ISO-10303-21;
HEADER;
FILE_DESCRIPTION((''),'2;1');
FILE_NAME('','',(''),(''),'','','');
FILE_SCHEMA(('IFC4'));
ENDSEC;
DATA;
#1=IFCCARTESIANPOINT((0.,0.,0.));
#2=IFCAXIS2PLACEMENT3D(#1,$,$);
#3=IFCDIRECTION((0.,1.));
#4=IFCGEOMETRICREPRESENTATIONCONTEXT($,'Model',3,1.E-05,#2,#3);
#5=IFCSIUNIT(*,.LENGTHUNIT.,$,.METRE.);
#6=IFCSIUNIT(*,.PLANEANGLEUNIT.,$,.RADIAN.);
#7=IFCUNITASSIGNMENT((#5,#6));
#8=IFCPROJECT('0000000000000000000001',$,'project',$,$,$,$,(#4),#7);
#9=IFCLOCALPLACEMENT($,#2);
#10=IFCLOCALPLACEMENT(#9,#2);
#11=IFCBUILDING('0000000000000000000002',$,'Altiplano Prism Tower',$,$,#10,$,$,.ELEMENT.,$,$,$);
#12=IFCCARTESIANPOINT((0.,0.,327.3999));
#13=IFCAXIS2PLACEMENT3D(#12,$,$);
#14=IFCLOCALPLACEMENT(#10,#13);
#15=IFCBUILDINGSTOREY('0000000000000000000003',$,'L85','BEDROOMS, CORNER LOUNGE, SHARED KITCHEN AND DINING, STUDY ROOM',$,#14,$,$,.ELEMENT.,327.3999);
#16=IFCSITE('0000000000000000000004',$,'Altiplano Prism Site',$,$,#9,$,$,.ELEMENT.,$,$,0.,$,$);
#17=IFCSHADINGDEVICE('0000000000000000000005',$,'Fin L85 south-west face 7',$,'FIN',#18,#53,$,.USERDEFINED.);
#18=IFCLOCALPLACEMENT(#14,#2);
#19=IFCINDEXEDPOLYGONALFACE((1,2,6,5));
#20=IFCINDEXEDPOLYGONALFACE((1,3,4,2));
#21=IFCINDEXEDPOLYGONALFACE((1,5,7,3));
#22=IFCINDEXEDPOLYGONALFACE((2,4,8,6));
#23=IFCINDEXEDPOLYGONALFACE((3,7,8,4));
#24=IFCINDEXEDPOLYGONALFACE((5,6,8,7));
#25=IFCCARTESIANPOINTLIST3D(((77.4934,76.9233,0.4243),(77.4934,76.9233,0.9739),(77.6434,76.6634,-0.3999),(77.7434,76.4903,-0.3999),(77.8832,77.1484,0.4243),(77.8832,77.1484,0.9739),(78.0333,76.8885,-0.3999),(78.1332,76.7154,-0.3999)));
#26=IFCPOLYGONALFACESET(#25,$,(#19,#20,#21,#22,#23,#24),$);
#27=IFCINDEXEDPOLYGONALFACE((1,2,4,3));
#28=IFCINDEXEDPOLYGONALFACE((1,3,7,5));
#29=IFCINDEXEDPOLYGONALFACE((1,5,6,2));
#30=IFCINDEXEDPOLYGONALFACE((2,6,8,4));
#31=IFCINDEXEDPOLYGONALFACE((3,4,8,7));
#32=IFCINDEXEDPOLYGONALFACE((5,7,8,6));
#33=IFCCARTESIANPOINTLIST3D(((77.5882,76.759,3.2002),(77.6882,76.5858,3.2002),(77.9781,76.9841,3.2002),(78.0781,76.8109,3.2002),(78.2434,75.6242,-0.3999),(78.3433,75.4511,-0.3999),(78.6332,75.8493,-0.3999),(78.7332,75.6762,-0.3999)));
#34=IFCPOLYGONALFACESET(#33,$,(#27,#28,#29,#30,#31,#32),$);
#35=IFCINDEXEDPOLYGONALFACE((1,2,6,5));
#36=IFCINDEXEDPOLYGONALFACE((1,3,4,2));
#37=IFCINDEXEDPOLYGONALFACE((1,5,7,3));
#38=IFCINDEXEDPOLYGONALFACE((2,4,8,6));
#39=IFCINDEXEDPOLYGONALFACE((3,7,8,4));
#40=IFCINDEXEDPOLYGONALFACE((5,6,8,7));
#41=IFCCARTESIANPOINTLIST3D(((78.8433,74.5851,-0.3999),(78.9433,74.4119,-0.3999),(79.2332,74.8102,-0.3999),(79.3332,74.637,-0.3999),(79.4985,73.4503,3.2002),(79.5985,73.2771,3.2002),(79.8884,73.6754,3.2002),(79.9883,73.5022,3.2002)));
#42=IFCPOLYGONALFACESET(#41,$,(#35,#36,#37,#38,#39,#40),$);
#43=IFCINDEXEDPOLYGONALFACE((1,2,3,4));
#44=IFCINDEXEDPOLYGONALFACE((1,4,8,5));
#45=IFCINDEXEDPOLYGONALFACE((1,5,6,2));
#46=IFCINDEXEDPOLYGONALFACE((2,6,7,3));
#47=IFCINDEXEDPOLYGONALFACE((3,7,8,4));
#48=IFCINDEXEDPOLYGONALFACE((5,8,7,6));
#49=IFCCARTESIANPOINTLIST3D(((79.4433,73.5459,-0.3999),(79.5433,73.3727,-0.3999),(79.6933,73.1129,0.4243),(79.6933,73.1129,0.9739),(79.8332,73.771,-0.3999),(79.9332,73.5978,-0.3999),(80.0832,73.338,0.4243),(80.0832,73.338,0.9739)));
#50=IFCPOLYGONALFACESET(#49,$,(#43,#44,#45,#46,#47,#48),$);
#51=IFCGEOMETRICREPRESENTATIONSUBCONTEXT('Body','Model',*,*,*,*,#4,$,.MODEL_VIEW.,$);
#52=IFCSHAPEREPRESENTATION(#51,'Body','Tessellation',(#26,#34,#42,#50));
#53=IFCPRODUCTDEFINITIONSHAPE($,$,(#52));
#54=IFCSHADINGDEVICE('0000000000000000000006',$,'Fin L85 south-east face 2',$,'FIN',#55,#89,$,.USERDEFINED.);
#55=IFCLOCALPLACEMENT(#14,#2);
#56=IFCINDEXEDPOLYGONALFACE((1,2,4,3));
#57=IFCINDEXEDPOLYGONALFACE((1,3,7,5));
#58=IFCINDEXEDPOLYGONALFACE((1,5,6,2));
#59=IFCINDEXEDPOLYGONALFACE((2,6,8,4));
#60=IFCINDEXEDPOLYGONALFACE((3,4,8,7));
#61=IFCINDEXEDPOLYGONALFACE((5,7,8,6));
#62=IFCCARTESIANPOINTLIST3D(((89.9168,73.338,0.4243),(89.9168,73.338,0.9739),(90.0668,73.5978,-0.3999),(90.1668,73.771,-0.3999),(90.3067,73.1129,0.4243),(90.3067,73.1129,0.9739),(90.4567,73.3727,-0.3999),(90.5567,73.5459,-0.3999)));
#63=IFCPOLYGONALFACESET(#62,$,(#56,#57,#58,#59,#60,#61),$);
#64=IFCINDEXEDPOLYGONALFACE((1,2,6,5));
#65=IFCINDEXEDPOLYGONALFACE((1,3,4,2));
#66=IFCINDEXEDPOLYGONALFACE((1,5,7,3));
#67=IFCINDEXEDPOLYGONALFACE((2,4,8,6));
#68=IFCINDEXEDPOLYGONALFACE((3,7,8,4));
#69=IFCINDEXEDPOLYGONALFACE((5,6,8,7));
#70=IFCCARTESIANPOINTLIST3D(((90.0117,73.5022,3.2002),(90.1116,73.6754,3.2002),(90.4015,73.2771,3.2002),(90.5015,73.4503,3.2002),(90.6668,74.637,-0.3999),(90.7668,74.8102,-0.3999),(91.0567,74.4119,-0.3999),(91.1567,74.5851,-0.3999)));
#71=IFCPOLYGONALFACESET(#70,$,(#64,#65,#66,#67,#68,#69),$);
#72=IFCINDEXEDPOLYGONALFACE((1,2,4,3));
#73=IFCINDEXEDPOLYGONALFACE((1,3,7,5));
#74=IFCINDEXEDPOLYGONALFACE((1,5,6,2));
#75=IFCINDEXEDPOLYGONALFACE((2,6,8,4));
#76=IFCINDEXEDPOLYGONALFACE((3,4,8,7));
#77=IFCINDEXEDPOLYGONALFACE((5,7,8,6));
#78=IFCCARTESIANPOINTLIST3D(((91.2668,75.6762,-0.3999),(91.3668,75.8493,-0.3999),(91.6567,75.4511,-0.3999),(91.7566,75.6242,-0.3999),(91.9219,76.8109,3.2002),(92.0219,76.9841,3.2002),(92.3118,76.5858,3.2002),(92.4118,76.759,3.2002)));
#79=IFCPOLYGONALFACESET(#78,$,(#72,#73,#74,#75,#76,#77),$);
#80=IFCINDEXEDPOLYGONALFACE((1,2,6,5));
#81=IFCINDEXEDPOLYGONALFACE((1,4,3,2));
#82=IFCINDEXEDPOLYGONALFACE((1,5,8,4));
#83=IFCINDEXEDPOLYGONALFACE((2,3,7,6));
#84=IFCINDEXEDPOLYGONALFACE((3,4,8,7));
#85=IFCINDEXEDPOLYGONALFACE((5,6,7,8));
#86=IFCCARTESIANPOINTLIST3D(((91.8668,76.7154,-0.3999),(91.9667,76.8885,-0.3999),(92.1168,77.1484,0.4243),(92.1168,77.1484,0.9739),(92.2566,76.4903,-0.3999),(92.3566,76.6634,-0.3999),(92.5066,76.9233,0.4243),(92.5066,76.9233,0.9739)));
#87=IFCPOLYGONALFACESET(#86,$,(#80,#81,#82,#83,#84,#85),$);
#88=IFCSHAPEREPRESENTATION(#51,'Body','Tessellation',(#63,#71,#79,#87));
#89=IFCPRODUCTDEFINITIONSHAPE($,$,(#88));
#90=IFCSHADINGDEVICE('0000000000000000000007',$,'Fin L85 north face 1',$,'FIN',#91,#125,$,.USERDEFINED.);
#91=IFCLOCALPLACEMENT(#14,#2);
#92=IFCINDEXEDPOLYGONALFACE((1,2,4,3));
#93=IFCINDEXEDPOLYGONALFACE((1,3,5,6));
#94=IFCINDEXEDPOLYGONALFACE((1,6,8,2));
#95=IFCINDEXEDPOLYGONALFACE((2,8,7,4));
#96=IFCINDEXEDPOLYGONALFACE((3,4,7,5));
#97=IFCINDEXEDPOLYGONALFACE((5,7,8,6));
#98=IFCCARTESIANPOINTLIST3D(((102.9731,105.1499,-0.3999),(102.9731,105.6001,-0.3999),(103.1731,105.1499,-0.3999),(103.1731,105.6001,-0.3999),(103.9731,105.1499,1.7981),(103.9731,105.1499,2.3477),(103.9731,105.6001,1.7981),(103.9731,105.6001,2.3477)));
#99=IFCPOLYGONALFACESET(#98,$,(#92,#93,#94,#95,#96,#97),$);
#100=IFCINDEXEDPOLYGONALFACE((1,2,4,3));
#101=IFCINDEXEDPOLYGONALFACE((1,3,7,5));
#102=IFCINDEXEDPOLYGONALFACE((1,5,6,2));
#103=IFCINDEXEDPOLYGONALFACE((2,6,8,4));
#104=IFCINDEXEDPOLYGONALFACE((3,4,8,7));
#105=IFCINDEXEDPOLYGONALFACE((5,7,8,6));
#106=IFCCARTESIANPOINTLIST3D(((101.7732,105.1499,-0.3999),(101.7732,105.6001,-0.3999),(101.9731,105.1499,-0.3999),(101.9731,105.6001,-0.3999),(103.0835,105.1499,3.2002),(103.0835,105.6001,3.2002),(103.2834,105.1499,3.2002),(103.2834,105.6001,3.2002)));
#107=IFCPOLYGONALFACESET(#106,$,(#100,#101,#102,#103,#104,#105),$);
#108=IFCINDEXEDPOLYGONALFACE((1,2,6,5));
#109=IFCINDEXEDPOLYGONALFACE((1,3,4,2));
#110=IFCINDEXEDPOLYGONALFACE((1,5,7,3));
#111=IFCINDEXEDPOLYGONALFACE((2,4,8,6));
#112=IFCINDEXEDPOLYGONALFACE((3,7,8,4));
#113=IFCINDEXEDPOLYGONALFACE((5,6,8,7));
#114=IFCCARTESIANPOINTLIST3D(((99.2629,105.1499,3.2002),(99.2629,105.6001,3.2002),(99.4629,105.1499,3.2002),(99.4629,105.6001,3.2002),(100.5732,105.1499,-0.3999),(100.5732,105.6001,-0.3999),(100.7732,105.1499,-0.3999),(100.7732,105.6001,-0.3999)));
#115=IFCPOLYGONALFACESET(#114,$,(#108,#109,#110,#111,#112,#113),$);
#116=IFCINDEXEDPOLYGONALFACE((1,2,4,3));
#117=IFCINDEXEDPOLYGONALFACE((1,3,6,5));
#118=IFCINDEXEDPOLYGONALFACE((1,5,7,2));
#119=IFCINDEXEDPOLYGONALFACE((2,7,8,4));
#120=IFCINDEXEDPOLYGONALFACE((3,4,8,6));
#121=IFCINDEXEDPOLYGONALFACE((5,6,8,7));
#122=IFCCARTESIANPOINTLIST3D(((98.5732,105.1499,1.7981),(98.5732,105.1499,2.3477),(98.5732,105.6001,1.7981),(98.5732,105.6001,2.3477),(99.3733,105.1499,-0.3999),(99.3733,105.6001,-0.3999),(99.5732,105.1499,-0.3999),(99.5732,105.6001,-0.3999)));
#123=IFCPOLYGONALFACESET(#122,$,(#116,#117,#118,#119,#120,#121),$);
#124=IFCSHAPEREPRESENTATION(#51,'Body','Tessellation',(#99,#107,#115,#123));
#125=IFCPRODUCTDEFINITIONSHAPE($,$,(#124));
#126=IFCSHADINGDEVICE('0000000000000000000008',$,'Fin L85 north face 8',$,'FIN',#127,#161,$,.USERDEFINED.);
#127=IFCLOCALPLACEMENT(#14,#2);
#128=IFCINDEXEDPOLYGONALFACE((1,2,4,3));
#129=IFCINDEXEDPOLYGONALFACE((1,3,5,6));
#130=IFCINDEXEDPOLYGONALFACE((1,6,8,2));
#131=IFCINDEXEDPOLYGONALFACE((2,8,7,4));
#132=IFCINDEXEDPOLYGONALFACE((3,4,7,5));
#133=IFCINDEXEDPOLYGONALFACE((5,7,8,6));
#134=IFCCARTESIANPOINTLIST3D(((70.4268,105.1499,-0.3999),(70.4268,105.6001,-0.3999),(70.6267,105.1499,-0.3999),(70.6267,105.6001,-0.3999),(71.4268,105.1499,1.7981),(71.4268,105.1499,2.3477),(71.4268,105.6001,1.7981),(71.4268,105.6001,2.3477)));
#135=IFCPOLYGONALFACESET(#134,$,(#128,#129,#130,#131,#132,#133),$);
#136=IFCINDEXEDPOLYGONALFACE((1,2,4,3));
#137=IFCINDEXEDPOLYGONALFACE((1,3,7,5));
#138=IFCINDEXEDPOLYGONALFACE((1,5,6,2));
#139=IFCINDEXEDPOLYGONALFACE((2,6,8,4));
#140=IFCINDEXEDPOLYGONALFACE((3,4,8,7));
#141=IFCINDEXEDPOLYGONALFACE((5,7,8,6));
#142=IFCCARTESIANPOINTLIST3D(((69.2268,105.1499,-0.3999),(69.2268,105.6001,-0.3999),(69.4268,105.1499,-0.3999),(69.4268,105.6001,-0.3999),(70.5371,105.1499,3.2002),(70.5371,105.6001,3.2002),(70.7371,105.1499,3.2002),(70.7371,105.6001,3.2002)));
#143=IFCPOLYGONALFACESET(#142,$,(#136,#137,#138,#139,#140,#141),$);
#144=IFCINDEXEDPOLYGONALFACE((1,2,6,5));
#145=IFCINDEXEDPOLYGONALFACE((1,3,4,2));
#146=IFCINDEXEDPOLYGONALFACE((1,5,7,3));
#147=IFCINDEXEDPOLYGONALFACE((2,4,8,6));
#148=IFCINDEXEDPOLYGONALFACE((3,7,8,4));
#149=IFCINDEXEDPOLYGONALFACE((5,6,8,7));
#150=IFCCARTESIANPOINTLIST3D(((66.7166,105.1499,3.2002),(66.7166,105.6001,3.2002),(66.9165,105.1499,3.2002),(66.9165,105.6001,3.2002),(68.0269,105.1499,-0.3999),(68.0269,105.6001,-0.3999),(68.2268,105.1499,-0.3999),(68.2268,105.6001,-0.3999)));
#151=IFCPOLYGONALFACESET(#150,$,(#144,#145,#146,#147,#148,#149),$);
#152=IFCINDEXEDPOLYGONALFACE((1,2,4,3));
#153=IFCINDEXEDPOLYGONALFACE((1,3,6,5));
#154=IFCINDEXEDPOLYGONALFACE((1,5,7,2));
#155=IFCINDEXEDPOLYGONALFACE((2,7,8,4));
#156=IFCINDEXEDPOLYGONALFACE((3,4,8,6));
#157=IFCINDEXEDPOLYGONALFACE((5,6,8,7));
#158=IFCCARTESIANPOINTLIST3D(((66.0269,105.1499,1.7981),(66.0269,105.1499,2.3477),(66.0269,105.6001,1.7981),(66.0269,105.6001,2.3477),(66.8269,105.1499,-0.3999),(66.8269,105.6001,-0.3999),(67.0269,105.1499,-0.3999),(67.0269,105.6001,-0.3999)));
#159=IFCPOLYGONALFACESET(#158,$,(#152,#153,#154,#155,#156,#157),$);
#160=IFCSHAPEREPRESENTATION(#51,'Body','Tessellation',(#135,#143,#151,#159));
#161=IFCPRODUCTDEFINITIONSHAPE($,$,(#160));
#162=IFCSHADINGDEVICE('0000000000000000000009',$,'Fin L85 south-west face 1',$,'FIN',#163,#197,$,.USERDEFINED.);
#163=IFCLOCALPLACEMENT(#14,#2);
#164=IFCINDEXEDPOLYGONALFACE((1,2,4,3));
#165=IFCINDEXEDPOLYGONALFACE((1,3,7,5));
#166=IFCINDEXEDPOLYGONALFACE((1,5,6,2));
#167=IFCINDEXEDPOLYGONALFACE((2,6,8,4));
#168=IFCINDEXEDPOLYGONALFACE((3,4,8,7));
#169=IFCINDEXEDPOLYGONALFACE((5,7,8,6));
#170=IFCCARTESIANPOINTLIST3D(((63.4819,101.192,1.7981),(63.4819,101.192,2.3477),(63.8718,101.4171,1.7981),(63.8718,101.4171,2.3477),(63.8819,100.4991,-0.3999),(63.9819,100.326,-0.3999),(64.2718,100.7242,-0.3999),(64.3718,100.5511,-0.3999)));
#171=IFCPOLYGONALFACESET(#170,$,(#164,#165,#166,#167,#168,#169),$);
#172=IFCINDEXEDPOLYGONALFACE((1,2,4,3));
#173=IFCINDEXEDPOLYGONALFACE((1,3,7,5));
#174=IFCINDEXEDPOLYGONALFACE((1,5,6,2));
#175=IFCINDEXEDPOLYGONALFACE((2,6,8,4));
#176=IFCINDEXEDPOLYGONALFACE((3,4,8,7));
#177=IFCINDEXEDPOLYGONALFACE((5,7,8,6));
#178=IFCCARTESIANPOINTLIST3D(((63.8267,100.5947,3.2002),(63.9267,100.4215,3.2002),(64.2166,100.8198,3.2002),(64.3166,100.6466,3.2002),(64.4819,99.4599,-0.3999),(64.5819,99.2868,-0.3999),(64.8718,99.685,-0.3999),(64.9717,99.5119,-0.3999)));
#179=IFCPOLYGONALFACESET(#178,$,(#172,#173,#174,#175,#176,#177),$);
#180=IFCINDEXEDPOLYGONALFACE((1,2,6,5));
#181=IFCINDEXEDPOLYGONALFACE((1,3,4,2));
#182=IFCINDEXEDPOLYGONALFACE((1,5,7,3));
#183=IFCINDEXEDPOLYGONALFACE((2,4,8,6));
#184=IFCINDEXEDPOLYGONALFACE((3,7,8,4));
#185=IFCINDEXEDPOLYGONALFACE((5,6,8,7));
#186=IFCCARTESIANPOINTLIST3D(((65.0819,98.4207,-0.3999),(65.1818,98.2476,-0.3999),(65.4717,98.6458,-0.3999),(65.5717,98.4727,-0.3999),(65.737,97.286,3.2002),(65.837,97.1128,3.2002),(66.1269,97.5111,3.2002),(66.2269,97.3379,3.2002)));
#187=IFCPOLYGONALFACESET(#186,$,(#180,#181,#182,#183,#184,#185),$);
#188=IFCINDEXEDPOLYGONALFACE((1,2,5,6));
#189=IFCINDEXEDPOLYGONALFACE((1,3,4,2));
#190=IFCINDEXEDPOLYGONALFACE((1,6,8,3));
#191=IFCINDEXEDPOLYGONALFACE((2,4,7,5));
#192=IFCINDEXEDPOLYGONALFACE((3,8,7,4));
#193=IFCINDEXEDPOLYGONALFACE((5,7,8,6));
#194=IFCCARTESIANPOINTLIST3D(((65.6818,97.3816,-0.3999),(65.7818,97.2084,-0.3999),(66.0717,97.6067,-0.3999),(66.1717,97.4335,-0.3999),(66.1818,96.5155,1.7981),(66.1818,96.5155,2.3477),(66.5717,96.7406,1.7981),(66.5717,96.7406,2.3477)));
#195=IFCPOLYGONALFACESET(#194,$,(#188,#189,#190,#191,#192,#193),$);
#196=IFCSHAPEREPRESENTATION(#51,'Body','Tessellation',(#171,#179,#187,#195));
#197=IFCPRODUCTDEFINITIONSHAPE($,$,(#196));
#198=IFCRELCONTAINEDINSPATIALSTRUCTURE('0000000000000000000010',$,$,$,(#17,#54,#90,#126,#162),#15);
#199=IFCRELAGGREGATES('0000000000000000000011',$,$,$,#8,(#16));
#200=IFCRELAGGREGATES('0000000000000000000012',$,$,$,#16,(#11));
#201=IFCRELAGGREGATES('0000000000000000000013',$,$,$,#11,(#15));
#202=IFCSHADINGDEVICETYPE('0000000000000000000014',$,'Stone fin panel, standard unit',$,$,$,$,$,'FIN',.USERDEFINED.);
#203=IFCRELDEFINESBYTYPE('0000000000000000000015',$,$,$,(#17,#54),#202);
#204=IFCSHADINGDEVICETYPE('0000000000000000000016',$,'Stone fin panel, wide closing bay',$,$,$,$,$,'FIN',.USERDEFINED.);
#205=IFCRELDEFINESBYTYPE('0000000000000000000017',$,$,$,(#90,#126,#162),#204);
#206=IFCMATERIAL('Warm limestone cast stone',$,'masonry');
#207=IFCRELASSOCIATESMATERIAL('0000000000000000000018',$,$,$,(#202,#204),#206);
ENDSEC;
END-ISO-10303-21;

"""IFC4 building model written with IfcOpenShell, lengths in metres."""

from ifc_helpers import new_model, si_unit, direction, frame, origin, place, context, subcontext, project, spatial, polyline, outline, extrude, source, transform, mapped, material, type_object, element, save


model = new_model("IFC4")

# Units and contexts
model_context = context("Model", 3, precision=1e-05, world=origin(), true_north=direction((0.0, 1.0)))
body_context = subcontext(model_context, "Body", "Model", "MODEL_VIEW")
ifc_project = project(units=[si_unit("LENGTHUNIT", "METRE"), si_unit("PLANEANGLEUNIT", "RADIAN")], contexts=[model_context])

# Site, building, storey
site_placement = place(None, origin())
site = spatial("IfcSite", under=ifc_project, at=site_placement, Name="Altiplano Prism Site", CompositionType="ELEMENT", RefElevation=0.0)
building_placement = place(site_placement, origin())
building = spatial("IfcBuilding", under=site, at=building_placement, Name="Altiplano Prism Tower", CompositionType="ELEMENT")
storey_placement = place(building_placement, frame((0.0, 0.0, 327.3999)))
storey = spatial("IfcBuildingStorey", under=building, at=storey_placement, Name="L85", Description="BEDROOMS, CORNER LOUNGE, SHARED KITCHEN AND DINING, STUDY ROOM", CompositionType="ELEMENT", Elevation=327.3999)

# Shading devices
ifc_material_1 = material(Name="Warm limestone cast stone", Category="masonry")
shading_device_type_1 = type_object("IfcShadingDeviceType", Name="Stone fin panel, standard unit", ElementType="FIN", PredefinedType="USERDEFINED", material=ifc_material_1)
shared_shape_1 = source(origin(), body_context, "Body", "SweptSolid", [
    extrude(outline(polyline([(-2.2, 1.3738), (-2.2, 0.8242), (-1.8999, 0.0), (-1.7, 0.0), (-2.2, 1.3738)])), frame((0.0, -0.1499, 0.0), z_axis=(0.0, -1.0, 0.0), x_axis=(1.0, 0.0, 0.0)), (0.0, 0.0, 1.0), 0.4502),
    extrude(outline(polyline([(-2.0103, 3.6001), (-0.7, 0.0), (-0.5, 0.0), (-1.8103, 3.6001), (-2.0103, 3.6001)])), frame((0.0, -0.1499, 0.0), z_axis=(0.0, -1.0, 0.0), x_axis=(1.0, 0.0, 0.0)), (0.0, 0.0, 1.0), 0.4502),
    extrude(outline(polyline([(1.8103, 3.6001), (0.5, 0.0), (0.7, 0.0), (2.0103, 3.6001), (1.8103, 3.6001)])), frame((0.0, -0.1499, 0.0), z_axis=(0.0, -1.0, 0.0), x_axis=(1.0, 0.0, 0.0)), (0.0, 0.0, 1.0), 0.4502),
    extrude(outline(polyline([(2.2, 0.8242), (2.2, 1.3738), (1.7, 0.0), (1.8999, 0.0), (2.2, 0.8242)])), frame((0.0, -0.1499, 0.0), z_axis=(0.0, -1.0, 0.0), x_axis=(1.0, 0.0, 0.0)), (0.0, 0.0, 1.0), 0.4502),
])
shading_device_1_placement = place(storey_placement, origin())
element("IfcShadingDevice", 1, at=shading_device_1_placement, inside=storey, type_object=shading_device_type_1, Name="Fin L85 south-west face 7", ObjectType="FIN", PredefinedType="USERDEFINED", context=body_context, shape_type="MappedRepresentation", body=[
    mapped(shared_shape_1, transform((79.113, 75.3181, -0.3999), x_axis=(0.5, -0.866025, 0.0), y_axis=(0.866025, 0.5, 0.0), z_axis=(0.0, 0.0, 1.0))),
])
shading_device_2_placement = place(storey_placement, origin())
element("IfcShadingDevice", 2, at=shading_device_2_placement, inside=storey, type_object=shading_device_type_1, Name="Fin L85 south-east face 2", ObjectType="FIN", PredefinedType="USERDEFINED", context=body_context, shape_type="MappedRepresentation", body=[
    mapped(shared_shape_1, transform((90.887, 75.3181, -0.3999), x_axis=(0.5, 0.866025, 0.0), y_axis=(-0.866025, 0.5, 0.0), z_axis=(0.0, 0.0, 1.0))),
])
shading_device_type_2 = type_object("IfcShadingDeviceType", Name="Stone fin panel, wide closing bay", ElementType="FIN", PredefinedType="USERDEFINED", material=ifc_material_1)
shared_shape_2 = source(origin(), body_context, "Body", "SweptSolid", [
    extrude(outline(polyline([(-2.7, 2.7476), (-2.7, 2.198), (-1.8999, 0.0), (-1.7, 0.0), (-2.7, 2.7476)])), frame((0.0, -0.1499, 0.0), z_axis=(0.0, -1.0, 0.0), x_axis=(1.0, 0.0, 0.0)), (0.0, 0.0, 1.0), 0.4502),
    extrude(outline(polyline([(-2.0103, 3.6001), (-0.7, 0.0), (-0.5, 0.0), (-1.8103, 3.6001), (-2.0103, 3.6001)])), frame((0.0, -0.1499, 0.0), z_axis=(0.0, -1.0, 0.0), x_axis=(1.0, 0.0, 0.0)), (0.0, 0.0, 1.0), 0.4502),
    extrude(outline(polyline([(1.8103, 3.6001), (0.5, 0.0), (0.7, 0.0), (2.0103, 3.6001), (1.8103, 3.6001)])), frame((0.0, -0.1499, 0.0), z_axis=(0.0, -1.0, 0.0), x_axis=(1.0, 0.0, 0.0)), (0.0, 0.0, 1.0), 0.4502),
    extrude(outline(polyline([(2.7, 2.198), (2.7, 2.7476), (1.7, 0.0), (1.8999, 0.0), (2.7, 2.198)])), frame((0.0, -0.1499, 0.0), z_axis=(0.0, -1.0, 0.0), x_axis=(1.0, 0.0, 0.0)), (0.0, 0.0, 1.0), 0.4502),
])
shading_device_3_placement = place(storey_placement, origin())
element("IfcShadingDevice", 3, at=shading_device_3_placement, inside=storey, type_object=shading_device_type_2, Name="Fin L85 north face 1", ObjectType="FIN", PredefinedType="USERDEFINED", context=body_context, shape_type="MappedRepresentation", body=[
    mapped(shared_shape_2, transform((101.2732, 105.0, -0.3999), x_axis=(-1.0, 0.0, 0.0), y_axis=(0.0, -1.0, 0.0), z_axis=(0.0, 0.0, 1.0))),
])
shading_device_4_placement = place(storey_placement, origin())
element("IfcShadingDevice", 4, at=shading_device_4_placement, inside=storey, type_object=shading_device_type_2, Name="Fin L85 north face 8", ObjectType="FIN", PredefinedType="USERDEFINED", context=body_context, shape_type="MappedRepresentation", body=[
    mapped(shared_shape_2, transform((68.7268, 105.0, -0.3999), x_axis=(-1.0, 0.0, 0.0), y_axis=(0.0, -1.0, 0.0), z_axis=(0.0, 0.0, 1.0))),
])
shading_device_5_placement = place(storey_placement, origin())
element("IfcShadingDevice", 5, at=shading_device_5_placement, inside=storey, type_object=shading_device_type_2, Name="Fin L85 south-west face 1", ObjectType="FIN", PredefinedType="USERDEFINED", context=body_context, shape_type="MappedRepresentation", body=[
    mapped(shared_shape_2, transform((65.3516, 99.1538, -0.3999), x_axis=(0.5, -0.866025, 0.0), y_axis=(0.866025, 0.5, 0.0), z_axis=(0.0, 0.0, 1.0))),
])

save(model, "model.ifc")
